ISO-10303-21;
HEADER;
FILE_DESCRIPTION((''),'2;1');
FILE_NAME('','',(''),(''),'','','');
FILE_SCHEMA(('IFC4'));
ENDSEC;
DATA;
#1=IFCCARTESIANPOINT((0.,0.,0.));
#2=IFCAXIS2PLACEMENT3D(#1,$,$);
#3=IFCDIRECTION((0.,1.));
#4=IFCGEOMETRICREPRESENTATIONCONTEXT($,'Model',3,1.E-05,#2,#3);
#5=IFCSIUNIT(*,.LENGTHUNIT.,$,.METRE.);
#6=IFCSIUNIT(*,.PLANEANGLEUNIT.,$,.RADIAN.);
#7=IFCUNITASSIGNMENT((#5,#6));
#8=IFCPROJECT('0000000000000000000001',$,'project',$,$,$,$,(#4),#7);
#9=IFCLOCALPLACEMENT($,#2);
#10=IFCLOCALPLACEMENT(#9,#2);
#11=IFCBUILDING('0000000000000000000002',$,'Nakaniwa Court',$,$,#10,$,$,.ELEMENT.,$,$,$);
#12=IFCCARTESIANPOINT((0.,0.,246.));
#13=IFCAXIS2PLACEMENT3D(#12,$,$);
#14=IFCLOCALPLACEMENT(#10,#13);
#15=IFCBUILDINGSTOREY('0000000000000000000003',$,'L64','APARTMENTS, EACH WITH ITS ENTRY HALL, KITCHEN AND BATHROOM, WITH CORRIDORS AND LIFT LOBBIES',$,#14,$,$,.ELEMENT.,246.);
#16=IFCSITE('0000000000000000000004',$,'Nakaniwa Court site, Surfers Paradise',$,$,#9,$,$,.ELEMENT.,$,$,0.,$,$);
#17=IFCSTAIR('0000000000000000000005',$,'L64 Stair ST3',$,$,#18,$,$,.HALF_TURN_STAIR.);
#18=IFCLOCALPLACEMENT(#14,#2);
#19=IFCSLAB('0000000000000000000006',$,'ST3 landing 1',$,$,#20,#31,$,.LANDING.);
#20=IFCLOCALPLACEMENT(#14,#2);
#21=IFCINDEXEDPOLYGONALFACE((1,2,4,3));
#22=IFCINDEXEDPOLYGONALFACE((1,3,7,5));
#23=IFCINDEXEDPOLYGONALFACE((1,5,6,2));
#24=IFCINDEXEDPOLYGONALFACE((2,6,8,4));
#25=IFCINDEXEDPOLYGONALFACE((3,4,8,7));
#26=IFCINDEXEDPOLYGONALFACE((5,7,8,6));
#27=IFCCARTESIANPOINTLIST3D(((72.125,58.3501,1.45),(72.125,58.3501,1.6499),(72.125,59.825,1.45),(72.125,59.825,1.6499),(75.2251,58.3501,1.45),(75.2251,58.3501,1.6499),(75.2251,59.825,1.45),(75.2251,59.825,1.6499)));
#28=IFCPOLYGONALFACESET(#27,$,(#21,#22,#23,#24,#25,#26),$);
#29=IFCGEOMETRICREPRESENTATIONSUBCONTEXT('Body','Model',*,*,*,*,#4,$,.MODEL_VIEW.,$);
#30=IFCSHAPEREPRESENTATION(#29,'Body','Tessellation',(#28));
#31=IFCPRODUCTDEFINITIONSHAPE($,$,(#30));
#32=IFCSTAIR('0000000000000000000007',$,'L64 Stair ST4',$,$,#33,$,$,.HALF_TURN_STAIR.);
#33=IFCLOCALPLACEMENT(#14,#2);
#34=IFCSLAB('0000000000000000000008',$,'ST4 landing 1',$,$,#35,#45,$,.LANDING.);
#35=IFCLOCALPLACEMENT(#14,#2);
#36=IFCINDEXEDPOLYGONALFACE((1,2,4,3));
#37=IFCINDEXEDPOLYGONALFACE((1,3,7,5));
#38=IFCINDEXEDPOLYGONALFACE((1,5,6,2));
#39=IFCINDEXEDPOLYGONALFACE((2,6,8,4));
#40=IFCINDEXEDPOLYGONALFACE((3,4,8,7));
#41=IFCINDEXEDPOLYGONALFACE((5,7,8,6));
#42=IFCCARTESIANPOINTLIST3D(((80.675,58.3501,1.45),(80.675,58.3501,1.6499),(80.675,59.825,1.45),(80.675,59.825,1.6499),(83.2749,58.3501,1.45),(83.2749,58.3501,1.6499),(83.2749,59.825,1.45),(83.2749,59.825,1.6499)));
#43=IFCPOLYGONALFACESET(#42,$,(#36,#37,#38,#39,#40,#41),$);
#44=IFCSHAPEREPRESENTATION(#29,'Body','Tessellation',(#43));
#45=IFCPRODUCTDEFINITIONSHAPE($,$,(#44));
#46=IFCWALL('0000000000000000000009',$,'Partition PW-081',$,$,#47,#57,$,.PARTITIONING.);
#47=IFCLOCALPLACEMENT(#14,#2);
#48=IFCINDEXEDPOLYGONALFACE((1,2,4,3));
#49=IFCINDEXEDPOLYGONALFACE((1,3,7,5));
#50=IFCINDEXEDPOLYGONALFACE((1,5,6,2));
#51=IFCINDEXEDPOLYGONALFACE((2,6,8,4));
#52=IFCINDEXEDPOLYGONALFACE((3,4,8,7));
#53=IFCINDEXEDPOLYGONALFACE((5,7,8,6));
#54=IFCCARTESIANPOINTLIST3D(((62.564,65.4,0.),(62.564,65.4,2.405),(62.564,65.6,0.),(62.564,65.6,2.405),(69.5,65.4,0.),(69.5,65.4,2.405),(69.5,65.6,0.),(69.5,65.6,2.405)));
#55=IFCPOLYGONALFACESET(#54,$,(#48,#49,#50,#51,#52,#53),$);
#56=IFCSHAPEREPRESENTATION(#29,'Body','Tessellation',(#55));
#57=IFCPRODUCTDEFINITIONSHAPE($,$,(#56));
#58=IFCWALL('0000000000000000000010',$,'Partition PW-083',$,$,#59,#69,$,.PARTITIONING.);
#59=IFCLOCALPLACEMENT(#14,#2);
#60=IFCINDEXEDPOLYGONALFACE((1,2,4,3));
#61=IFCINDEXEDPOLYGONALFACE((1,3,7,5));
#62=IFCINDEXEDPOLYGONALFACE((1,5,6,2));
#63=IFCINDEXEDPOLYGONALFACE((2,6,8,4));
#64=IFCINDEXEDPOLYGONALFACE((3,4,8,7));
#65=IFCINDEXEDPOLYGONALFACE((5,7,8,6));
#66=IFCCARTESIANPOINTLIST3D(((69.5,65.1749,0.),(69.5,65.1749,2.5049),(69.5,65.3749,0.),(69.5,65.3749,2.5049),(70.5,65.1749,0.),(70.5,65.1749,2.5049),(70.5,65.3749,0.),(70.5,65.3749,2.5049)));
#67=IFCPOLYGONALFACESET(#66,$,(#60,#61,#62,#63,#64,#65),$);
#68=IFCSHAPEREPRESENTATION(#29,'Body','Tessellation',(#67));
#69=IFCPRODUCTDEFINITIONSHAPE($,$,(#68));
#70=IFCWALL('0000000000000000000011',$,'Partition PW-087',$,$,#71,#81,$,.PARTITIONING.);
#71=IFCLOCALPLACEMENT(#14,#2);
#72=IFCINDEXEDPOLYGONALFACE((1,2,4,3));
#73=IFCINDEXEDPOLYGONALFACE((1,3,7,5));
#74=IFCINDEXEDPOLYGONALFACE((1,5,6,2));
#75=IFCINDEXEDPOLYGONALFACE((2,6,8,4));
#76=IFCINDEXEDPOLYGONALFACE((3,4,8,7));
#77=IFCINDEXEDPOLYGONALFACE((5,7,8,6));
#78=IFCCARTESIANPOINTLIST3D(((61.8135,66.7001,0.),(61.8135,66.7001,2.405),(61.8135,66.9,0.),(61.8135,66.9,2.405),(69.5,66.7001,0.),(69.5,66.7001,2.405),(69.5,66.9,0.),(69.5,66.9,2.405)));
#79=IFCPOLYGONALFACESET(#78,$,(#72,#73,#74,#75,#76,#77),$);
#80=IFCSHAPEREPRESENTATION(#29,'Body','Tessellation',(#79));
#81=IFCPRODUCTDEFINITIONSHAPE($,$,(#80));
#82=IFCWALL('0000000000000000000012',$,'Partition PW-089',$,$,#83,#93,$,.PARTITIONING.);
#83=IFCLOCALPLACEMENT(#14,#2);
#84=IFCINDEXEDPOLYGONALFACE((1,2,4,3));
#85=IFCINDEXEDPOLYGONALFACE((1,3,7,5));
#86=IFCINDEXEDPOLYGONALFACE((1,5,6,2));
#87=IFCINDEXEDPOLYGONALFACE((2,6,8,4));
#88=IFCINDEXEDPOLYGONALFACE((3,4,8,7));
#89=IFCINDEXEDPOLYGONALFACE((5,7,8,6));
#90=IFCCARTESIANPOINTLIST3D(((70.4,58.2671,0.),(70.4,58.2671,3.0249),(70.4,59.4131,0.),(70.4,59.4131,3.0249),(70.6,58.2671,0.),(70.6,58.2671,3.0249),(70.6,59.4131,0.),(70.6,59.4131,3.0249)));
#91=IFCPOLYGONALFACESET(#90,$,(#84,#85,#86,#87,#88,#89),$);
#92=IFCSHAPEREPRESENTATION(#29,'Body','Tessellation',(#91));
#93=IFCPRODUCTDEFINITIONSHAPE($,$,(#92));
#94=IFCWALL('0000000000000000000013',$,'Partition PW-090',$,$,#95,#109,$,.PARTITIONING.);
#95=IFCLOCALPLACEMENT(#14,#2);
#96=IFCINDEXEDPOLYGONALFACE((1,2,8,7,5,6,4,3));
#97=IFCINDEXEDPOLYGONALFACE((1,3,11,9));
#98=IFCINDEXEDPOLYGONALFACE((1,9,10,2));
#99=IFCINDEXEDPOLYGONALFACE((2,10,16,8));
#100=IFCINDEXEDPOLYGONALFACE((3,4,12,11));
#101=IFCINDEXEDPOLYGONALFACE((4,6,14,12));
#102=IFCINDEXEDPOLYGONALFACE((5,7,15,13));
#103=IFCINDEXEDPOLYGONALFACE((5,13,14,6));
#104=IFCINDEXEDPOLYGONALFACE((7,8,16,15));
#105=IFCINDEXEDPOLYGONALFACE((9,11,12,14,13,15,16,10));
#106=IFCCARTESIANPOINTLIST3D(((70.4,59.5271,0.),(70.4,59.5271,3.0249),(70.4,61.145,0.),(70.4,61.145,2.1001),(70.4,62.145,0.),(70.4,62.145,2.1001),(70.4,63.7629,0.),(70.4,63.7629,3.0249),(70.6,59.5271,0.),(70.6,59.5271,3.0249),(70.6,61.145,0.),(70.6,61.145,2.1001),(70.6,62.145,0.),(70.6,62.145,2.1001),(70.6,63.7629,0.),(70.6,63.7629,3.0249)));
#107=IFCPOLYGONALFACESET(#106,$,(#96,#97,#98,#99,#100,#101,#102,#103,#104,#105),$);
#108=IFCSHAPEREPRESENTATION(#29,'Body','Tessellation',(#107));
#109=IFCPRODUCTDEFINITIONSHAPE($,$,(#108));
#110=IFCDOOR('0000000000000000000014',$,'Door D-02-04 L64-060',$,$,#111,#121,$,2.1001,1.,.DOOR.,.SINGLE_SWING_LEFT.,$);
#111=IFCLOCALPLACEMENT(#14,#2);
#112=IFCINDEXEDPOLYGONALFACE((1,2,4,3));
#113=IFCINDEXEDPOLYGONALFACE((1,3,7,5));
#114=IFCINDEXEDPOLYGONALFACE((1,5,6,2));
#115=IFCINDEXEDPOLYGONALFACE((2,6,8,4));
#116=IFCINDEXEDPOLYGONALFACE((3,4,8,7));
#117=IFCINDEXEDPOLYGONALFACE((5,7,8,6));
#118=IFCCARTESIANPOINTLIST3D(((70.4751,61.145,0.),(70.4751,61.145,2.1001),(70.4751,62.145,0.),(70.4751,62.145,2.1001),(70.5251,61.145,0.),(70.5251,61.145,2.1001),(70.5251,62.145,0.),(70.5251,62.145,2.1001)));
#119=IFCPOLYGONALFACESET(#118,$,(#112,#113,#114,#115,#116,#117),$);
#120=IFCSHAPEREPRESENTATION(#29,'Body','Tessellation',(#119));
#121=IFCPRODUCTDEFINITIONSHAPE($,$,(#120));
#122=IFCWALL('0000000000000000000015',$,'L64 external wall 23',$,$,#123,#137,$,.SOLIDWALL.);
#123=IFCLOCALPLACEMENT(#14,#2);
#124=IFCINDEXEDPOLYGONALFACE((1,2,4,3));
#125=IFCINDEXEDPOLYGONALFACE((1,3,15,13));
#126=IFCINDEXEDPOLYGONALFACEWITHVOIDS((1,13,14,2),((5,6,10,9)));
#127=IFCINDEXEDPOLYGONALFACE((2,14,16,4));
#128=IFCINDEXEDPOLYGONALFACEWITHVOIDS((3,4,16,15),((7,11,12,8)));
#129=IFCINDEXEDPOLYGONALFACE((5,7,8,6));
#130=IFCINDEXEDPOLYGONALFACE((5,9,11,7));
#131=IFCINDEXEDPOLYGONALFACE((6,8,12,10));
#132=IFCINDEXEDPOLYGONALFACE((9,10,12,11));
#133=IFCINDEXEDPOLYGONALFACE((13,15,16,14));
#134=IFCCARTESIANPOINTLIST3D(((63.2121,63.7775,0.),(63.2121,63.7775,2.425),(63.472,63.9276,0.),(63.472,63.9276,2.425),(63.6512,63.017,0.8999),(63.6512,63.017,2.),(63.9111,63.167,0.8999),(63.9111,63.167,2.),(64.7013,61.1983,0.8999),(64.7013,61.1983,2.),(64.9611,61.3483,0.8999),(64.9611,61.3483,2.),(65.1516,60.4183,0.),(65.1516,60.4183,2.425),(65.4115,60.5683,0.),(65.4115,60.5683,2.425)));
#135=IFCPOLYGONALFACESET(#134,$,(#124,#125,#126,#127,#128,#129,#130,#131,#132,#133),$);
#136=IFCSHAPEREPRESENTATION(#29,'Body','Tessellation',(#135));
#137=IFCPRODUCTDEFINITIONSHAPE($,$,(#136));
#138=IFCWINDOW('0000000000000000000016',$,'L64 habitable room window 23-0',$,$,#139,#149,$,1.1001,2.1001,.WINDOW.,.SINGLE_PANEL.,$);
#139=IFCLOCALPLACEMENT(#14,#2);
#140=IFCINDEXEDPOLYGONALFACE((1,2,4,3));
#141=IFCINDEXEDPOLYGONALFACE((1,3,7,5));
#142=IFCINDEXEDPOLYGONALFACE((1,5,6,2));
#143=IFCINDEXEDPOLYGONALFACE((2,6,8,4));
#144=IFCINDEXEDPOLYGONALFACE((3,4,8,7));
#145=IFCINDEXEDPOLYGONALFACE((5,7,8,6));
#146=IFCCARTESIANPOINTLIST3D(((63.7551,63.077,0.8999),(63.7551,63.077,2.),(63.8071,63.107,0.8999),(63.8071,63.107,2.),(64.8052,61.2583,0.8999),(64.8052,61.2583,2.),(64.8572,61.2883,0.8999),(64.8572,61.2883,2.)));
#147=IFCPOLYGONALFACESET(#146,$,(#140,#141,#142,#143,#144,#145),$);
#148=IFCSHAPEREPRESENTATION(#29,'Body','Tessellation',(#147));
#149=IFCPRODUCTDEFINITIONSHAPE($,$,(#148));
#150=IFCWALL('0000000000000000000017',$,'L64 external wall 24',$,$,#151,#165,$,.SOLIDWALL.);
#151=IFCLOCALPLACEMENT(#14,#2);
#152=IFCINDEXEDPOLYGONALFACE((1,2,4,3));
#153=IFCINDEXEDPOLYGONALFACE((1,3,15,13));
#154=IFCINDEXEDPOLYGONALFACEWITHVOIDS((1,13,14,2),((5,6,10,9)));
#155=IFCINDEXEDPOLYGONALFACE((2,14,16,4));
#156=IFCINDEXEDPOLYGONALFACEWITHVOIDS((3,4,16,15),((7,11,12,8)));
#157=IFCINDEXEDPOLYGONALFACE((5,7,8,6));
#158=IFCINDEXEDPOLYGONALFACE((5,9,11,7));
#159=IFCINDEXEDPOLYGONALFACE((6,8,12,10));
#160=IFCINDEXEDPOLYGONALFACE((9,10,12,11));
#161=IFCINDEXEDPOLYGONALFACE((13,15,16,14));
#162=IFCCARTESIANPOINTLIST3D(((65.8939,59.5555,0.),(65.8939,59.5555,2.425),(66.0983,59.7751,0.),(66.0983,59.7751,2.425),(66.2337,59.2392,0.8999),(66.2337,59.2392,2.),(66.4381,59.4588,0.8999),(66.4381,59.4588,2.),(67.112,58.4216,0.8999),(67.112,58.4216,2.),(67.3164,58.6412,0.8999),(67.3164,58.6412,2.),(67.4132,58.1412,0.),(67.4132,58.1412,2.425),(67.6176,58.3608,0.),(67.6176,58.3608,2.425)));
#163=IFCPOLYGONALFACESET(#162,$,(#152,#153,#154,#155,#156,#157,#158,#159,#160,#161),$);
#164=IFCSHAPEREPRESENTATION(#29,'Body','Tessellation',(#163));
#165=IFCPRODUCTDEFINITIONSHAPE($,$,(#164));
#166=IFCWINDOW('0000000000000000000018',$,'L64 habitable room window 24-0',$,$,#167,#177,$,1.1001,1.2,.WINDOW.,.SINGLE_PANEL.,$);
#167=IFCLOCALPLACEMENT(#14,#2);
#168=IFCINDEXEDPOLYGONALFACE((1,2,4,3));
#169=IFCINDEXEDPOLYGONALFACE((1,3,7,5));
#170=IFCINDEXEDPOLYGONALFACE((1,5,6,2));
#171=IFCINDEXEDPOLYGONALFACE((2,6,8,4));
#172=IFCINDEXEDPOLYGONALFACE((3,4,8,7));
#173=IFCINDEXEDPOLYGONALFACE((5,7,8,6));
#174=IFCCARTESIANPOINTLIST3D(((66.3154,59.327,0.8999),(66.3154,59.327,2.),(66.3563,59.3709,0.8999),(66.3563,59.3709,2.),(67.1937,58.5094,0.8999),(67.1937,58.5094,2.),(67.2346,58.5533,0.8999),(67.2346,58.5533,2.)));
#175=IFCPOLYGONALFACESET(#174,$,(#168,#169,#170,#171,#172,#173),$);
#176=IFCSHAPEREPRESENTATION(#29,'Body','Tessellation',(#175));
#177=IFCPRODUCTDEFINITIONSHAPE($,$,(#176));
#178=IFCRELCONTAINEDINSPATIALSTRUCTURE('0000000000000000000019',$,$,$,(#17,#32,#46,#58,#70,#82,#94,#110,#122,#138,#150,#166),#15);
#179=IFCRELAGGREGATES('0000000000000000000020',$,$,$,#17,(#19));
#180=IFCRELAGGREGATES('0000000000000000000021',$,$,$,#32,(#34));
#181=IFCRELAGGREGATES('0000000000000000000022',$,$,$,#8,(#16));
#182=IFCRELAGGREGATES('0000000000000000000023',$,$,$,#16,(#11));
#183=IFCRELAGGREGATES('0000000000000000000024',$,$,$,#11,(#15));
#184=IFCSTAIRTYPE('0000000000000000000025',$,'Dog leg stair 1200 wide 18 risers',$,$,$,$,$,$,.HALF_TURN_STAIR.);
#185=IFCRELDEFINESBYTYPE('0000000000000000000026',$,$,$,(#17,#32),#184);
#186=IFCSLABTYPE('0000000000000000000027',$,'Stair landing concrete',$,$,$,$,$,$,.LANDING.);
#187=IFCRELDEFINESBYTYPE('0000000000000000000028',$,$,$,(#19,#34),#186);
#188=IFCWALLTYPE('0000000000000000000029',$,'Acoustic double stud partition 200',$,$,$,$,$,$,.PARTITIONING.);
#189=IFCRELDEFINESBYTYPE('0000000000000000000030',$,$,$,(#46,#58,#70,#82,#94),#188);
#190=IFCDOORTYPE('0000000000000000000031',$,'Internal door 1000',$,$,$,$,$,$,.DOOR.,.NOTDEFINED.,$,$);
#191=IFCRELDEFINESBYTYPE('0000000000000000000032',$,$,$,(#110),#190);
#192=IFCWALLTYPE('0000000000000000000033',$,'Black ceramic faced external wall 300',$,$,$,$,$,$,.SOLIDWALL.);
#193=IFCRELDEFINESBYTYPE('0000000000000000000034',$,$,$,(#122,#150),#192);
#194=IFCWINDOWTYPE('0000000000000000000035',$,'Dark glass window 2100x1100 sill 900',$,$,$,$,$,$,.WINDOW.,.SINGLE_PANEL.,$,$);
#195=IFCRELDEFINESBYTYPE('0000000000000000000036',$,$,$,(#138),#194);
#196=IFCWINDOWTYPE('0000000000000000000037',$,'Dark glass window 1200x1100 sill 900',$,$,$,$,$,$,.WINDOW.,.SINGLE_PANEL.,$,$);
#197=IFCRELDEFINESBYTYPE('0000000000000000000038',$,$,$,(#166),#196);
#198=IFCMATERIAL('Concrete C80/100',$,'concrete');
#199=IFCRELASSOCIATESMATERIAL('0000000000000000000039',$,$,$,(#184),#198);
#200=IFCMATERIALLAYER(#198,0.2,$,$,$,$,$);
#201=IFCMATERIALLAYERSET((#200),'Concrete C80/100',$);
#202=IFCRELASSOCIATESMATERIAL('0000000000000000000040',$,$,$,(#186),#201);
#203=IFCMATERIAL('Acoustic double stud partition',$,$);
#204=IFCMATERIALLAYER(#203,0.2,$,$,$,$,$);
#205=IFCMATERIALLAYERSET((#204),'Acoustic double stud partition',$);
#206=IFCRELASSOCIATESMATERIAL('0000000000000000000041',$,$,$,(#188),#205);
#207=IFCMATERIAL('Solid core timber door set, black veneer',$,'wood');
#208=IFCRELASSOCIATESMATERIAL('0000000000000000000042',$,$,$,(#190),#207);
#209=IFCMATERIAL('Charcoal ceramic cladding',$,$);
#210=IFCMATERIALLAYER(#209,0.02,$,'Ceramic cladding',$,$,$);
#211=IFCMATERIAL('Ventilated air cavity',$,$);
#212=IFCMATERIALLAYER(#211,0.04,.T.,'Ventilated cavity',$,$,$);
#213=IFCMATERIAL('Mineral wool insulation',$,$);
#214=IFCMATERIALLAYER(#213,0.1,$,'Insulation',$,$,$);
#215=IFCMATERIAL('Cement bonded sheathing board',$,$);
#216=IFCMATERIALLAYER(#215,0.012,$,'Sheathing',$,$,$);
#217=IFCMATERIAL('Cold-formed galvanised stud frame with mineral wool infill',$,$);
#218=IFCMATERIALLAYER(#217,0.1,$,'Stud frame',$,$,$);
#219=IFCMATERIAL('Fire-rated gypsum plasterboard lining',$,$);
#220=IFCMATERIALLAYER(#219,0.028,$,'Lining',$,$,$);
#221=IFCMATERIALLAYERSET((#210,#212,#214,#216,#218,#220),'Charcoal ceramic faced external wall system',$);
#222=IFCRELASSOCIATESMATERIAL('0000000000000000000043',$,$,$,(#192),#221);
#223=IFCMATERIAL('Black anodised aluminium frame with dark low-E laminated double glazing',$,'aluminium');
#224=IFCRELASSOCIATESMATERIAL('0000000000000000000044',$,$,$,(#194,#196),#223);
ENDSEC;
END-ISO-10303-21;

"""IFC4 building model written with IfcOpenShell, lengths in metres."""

from ifc_helpers import new_model, si_unit, direction, frame, frame_2d, origin, place, context, subcontext, project, spatial, polyline, rectangle, outline, extrude, material, layer, layer_set, type_object, element, fill, aggregate, save


model = new_model("IFC4")

# Units and contexts
model_context = context("Model", 3, precision=1e-05, world=origin(), true_north=direction((0.0, 1.0)))
body_context = subcontext(model_context, "Body", "Model", "MODEL_VIEW")
ifc_project = project(units=[si_unit("LENGTHUNIT", "METRE"), si_unit("PLANEANGLEUNIT", "RADIAN")], contexts=[model_context])

# Site, building, storey
site_placement = place(None, origin())
site = spatial("IfcSite", under=ifc_project, at=site_placement, Name="Nakaniwa Court site, Surfers Paradise", CompositionType="ELEMENT", RefElevation=0.0)
building_placement = place(site_placement, origin())
building = spatial("IfcBuilding", under=site, at=building_placement, Name="Nakaniwa Court", CompositionType="ELEMENT")
storey_placement = place(building_placement, frame((0.0, 0.0, 246.0)))
storey = spatial("IfcBuildingStorey", under=building, at=storey_placement, Name="L64", Description="APARTMENTS, EACH WITH ITS ENTRY HALL, KITCHEN AND BATHROOM, WITH CORRIDORS AND LIFT LOBBIES", CompositionType="ELEMENT", Elevation=246.0)

# Shared definitions
ifc_material_1 = material(Name="Concrete C80/100", Category="concrete")

# Stairs, slabs
stair_type = type_object("IfcStairType", Name="Dog leg stair 1200 wide 18 risers", PredefinedType="HALF_TURN_STAIR", material=ifc_material_1)
ifc_layer_1 = layer(ifc_material_1, 0.2)
ifc_layer_set_1 = layer_set([ifc_layer_1], Name="Concrete C80/100")
slab_type_1 = type_object("IfcSlabType", Name="Stair landing concrete", PredefinedType="LANDING", material=ifc_layer_set_1)
stair_1_placement = place(storey_placement, origin())
stair_1 = element("IfcStair", 1, at=stair_1_placement, inside=storey, type_object=stair_type, Name="L64 Stair ST3", PredefinedType="HALF_TURN_STAIR")
slab_1_placement = place(storey_placement, frame((0.0, 0.0, 1.45)))
slab_1 = element("IfcSlab", 2, at=slab_1_placement, type_object=slab_type_1, Name="ST3 landing 1", PredefinedType="LANDING", context=body_context, shape_type="SweptSolid", body=[
    extrude(outline(polyline([(75.2251, 58.3501), (75.2251, 59.825), (72.125, 59.825), (72.125, 58.3501), (75.2251, 58.3501)])), origin(), (0.0, 0.0, 1.0), 0.2),
])
aggregate(stair_1, [slab_1])
stair_2_placement = place(storey_placement, origin())
stair_2 = element("IfcStair", 3, at=stair_2_placement, inside=storey, type_object=stair_type, Name="L64 Stair ST4", PredefinedType="HALF_TURN_STAIR")
slab_2_placement = place(storey_placement, frame((0.0, 0.0, 1.45)))
slab_2 = element("IfcSlab", 4, at=slab_2_placement, type_object=slab_type_1, Name="ST4 landing 1", PredefinedType="LANDING", context=body_context, shape_type="SweptSolid", body=[
    extrude(outline(polyline([(83.2749, 58.3501), (83.2749, 59.825), (80.675, 59.825), (80.675, 58.3501), (83.2749, 58.3501)])), origin(), (0.0, 0.0, 1.0), 0.2),
])
aggregate(stair_2, [slab_2])

# Walls
ifc_material_2 = material(Name="Acoustic double stud partition")
ifc_layer_2 = layer(ifc_material_2, 0.2)
ifc_layer_set_2 = layer_set([ifc_layer_2], Name="Acoustic double stud partition")
wall_type_1 = type_object("IfcWallType", Name="Acoustic double stud partition 200", PredefinedType="PARTITIONING", material=ifc_layer_set_2)
wall_1_placement = place(storey_placement, frame((62.564, 65.5, 0.0), z_axis=(0.0, 0.0, 1.0), x_axis=(1.0, 0.0, 0.0)))
element("IfcWall", 5, at=wall_1_placement, inside=storey, type_object=wall_type_1, Name="Partition PW-081", PredefinedType="PARTITIONING", context=body_context, shape_type="SweptSolid", body=[
    extrude(rectangle(XDim=6.936, YDim=0.2, at=frame_2d((3.468, 0.0))), origin(), (0.0, 0.0, 1.0), 2.405),
])
wall_2_placement = place(storey_placement, frame((69.5, 65.2749, 0.0), z_axis=(0.0, 0.0, 1.0), x_axis=(1.0, 0.0, 0.0)))
element("IfcWall", 6, at=wall_2_placement, inside=storey, type_object=wall_type_1, Name="Partition PW-083", PredefinedType="PARTITIONING", context=body_context, shape_type="SweptSolid", body=[
    extrude(rectangle(XDim=1.0, YDim=0.2, at=frame_2d((0.5, 0.0))), origin(), (0.0, 0.0, 1.0), 2.5049),
])
wall_3_placement = place(storey_placement, frame((61.8135, 66.8, 0.0), z_axis=(0.0, 0.0, 1.0), x_axis=(1.0, 0.0, 0.0)))
element("IfcWall", 7, at=wall_3_placement, inside=storey, type_object=wall_type_1, Name="Partition PW-087", PredefinedType="PARTITIONING", context=body_context, shape_type="SweptSolid", body=[
    extrude(rectangle(XDim=7.6865, YDim=0.2, at=frame_2d((3.8433, 0.0))), origin(), (0.0, 0.0, 1.0), 2.405),
])
wall_4_placement = place(storey_placement, frame((70.5, 58.2671, 0.0), z_axis=(0.0, 0.0, 1.0), x_axis=(0.0, 1.0, 0.0)))
element("IfcWall", 8, at=wall_4_placement, inside=storey, type_object=wall_type_1, Name="Partition PW-089", PredefinedType="PARTITIONING", context=body_context, shape_type="SweptSolid", body=[
    extrude(rectangle(XDim=1.146, YDim=0.2, at=frame_2d((0.573, 0.0))), origin(), (0.0, 0.0, 1.0), 3.0249),
])

# Wall, opening, door
wall_5_placement = place(storey_placement, frame((70.5, 59.5271, 0.0), z_axis=(0.0, 0.0, 1.0), x_axis=(0.0, 1.0, 0.0)))
wall_5 = element("IfcWall", 9, at=wall_5_placement, inside=storey, type_object=wall_type_1, Name="Partition PW-090", PredefinedType="PARTITIONING", context=body_context, shape_type="SweptSolid", body=[
    extrude(rectangle(XDim=4.2358, YDim=0.2, at=frame_2d((2.1179, 0.0))), origin(), (0.0, 0.0, 1.0), 3.0249),
])
opening_1_placement = place(wall_5_placement, frame((1.6179, 0.0, 0.0)))
opening_1 = element("IfcOpeningElement", 10, at=opening_1_placement, cuts=wall_5, PredefinedType="OPENING", context=body_context, shape_type="SweptSolid", body=[
    extrude(rectangle(XDim=1.0, YDim=2.1001, at=frame_2d((0.5, 1.05))), frame((0.0, 0.1099, 0.0), z_axis=(0.0, -1.0, 0.0), x_axis=(1.0, 0.0, 0.0)), (0.0, 0.0, 1.0), 0.22),
])
ifc_material_3 = material(Name="Solid core timber door set, black veneer", Category="wood")
door_type = type_object("IfcDoorType", Name="Internal door 1000", OperationType="NOTDEFINED", PredefinedType="DOOR", material=ifc_material_3)
door_placement = place(opening_1_placement, origin())
door = element("IfcDoor", 11, at=door_placement, inside=storey, type_object=door_type, Name="Door D-02-04 L64-060", OperationType="SINGLE_SWING_LEFT", OverallHeight=2.1001, OverallWidth=1.0, PredefinedType="DOOR", context=body_context, shape_type="SweptSolid", body=[
    extrude(rectangle(XDim=1.0, YDim=2.1001, at=frame_2d((0.5, 1.05))), frame((0.0, 0.0249, 0.0), z_axis=(0.0, -1.0, 0.0), x_axis=(1.0, 0.0, 0.0)), (0.0, 0.0, 1.0), 0.05),
])
fill(opening_1, door)

# Walls, openings, windows
ifc_material_4 = material(Name="Charcoal ceramic cladding")
ifc_layer_3 = layer(ifc_material_4, 0.02, Name="Ceramic cladding")
ifc_material_5 = material(Name="Ventilated air cavity")
ifc_layer_4 = layer(ifc_material_5, 0.04, ventilated=True, Name="Ventilated cavity")
ifc_material_6 = material(Name="Mineral wool insulation")
ifc_layer_5 = layer(ifc_material_6, 0.1, Name="Insulation")
ifc_material_7 = material(Name="Cement bonded sheathing board")
ifc_layer_6 = layer(ifc_material_7, 0.012, Name="Sheathing")
ifc_material_8 = material(Name="Cold-formed galvanised stud frame with mineral wool infill")
ifc_layer_7 = layer(ifc_material_8, 0.1, Name="Stud frame")
ifc_material_9 = material(Name="Fire-rated gypsum plasterboard lining")
ifc_layer_8 = layer(ifc_material_9, 0.028, Name="Lining")
ifc_layer_set_3 = layer_set([ifc_layer_3, ifc_layer_4, ifc_layer_5, ifc_layer_6, ifc_layer_7, ifc_layer_8], Name="Charcoal ceramic faced external wall system")
wall_type_2 = type_object("IfcWallType", Name="Black ceramic faced external wall 300", PredefinedType="SOLIDWALL", material=ifc_layer_set_3)
wall_6_placement = place(storey_placement, frame((63.342, 63.8525, 0.0), z_axis=(0.0, 0.0, 1.0), x_axis=(0.500011, -0.866019, 0.0)))
wall_6 = element("IfcWall", 12, at=wall_6_placement, inside=storey, type_object=wall_type_2, Name="L64 external wall 23", PredefinedType="SOLIDWALL", context=body_context, shape_type="SweptSolid", body=[
    extrude(rectangle(XDim=3.8789, YDim=0.3, at=frame_2d((1.9395, 0.0))), origin(), (0.0, 0.0, 1.0), 2.425),
])
opening_2_placement = place(wall_6_placement, frame((0.8782, 0.0, 0.8999)))
opening_2 = element("IfcOpeningElement", 13, at=opening_2_placement, cuts=wall_6, PredefinedType="OPENING", context=body_context, shape_type="SweptSolid", body=[
    extrude(rectangle(XDim=2.1001, YDim=1.1001, at=frame_2d((1.05, 0.55))), frame((0.0, 0.1599, 0.0), z_axis=(0.0, -1.0, 0.0), x_axis=(1.0, 0.0, 0.0)), (0.0, 0.0, 1.0), 0.3201),
])
ifc_material_10 = material(Name="Black anodised aluminium frame with dark low-E laminated double glazing", Category="aluminium")
window_type_1 = type_object("IfcWindowType", Name="Dark glass window 2100x1100 sill 900", PartitioningType="SINGLE_PANEL", PredefinedType="WINDOW", material=ifc_material_10)
window_1_placement = place(opening_2_placement, origin())
window_1 = element("IfcWindow", 14, at=window_1_placement, inside=storey, type_object=window_type_1, Name="L64 habitable room window 23-0", OverallHeight=1.1001, OverallWidth=2.1001, PartitioningType="SINGLE_PANEL", PredefinedType="WINDOW", context=body_context, shape_type="SweptSolid", body=[
    extrude(rectangle(XDim=2.1001, YDim=1.1001, at=frame_2d((1.05, 0.55))), frame((0.0, 0.03, 0.0), z_axis=(0.0, -1.0, 0.0), x_axis=(1.0, 0.0, 0.0)), (0.0, 0.0, 1.0), 0.0601),
])
fill(opening_2, window_1)
wall_7_placement = place(storey_placement, frame((65.9961, 59.6653, 0.0), z_axis=(0.0, 0.0, 1.0), x_axis=(0.731943, -0.681366, 0.0)))
wall_7 = element("IfcWall", 15, at=wall_7_placement, inside=storey, type_object=wall_type_2, Name="L64 external wall 24", PredefinedType="SOLIDWALL", context=body_context, shape_type="SweptSolid", body=[
    extrude(rectangle(XDim=2.0757, YDim=0.3, at=frame_2d((1.0378, 0.0))), origin(), (0.0, 0.0, 1.0), 2.425),
])
opening_3_placement = place(wall_7_placement, frame((0.4641, 0.0, 0.8999)))
opening_3 = element("IfcOpeningElement", 16, at=opening_3_placement, cuts=wall_7, PredefinedType="OPENING", context=body_context, shape_type="SweptSolid", body=[
    extrude(rectangle(XDim=1.2, YDim=1.1001, at=frame_2d((0.6001, 0.55))), frame((0.0, 0.1599, 0.0), z_axis=(0.0, -1.0, 0.0), x_axis=(1.0, 0.0, 0.0)), (0.0, 0.0, 1.0), 0.3201),
])
window_type_2 = type_object("IfcWindowType", Name="Dark glass window 1200x1100 sill 900", PartitioningType="SINGLE_PANEL", PredefinedType="WINDOW", material=ifc_material_10)
window_2_placement = place(opening_3_placement, origin())
window_2 = element("IfcWindow", 17, at=window_2_placement, inside=storey, type_object=window_type_2, Name="L64 habitable room window 24-0", OverallHeight=1.1001, OverallWidth=1.2, PartitioningType="SINGLE_PANEL", PredefinedType="WINDOW", context=body_context, shape_type="SweptSolid", body=[
    extrude(rectangle(XDim=1.2, YDim=1.1001, at=frame_2d((0.6001, 0.55))), frame((0.0, 0.03, 0.0), z_axis=(0.0, -1.0, 0.0), x_axis=(1.0, 0.0, 0.0)), (0.0, 0.0, 1.0), 0.0601),
])
fill(opening_3, window_2)

save(model, "model.ifc")
